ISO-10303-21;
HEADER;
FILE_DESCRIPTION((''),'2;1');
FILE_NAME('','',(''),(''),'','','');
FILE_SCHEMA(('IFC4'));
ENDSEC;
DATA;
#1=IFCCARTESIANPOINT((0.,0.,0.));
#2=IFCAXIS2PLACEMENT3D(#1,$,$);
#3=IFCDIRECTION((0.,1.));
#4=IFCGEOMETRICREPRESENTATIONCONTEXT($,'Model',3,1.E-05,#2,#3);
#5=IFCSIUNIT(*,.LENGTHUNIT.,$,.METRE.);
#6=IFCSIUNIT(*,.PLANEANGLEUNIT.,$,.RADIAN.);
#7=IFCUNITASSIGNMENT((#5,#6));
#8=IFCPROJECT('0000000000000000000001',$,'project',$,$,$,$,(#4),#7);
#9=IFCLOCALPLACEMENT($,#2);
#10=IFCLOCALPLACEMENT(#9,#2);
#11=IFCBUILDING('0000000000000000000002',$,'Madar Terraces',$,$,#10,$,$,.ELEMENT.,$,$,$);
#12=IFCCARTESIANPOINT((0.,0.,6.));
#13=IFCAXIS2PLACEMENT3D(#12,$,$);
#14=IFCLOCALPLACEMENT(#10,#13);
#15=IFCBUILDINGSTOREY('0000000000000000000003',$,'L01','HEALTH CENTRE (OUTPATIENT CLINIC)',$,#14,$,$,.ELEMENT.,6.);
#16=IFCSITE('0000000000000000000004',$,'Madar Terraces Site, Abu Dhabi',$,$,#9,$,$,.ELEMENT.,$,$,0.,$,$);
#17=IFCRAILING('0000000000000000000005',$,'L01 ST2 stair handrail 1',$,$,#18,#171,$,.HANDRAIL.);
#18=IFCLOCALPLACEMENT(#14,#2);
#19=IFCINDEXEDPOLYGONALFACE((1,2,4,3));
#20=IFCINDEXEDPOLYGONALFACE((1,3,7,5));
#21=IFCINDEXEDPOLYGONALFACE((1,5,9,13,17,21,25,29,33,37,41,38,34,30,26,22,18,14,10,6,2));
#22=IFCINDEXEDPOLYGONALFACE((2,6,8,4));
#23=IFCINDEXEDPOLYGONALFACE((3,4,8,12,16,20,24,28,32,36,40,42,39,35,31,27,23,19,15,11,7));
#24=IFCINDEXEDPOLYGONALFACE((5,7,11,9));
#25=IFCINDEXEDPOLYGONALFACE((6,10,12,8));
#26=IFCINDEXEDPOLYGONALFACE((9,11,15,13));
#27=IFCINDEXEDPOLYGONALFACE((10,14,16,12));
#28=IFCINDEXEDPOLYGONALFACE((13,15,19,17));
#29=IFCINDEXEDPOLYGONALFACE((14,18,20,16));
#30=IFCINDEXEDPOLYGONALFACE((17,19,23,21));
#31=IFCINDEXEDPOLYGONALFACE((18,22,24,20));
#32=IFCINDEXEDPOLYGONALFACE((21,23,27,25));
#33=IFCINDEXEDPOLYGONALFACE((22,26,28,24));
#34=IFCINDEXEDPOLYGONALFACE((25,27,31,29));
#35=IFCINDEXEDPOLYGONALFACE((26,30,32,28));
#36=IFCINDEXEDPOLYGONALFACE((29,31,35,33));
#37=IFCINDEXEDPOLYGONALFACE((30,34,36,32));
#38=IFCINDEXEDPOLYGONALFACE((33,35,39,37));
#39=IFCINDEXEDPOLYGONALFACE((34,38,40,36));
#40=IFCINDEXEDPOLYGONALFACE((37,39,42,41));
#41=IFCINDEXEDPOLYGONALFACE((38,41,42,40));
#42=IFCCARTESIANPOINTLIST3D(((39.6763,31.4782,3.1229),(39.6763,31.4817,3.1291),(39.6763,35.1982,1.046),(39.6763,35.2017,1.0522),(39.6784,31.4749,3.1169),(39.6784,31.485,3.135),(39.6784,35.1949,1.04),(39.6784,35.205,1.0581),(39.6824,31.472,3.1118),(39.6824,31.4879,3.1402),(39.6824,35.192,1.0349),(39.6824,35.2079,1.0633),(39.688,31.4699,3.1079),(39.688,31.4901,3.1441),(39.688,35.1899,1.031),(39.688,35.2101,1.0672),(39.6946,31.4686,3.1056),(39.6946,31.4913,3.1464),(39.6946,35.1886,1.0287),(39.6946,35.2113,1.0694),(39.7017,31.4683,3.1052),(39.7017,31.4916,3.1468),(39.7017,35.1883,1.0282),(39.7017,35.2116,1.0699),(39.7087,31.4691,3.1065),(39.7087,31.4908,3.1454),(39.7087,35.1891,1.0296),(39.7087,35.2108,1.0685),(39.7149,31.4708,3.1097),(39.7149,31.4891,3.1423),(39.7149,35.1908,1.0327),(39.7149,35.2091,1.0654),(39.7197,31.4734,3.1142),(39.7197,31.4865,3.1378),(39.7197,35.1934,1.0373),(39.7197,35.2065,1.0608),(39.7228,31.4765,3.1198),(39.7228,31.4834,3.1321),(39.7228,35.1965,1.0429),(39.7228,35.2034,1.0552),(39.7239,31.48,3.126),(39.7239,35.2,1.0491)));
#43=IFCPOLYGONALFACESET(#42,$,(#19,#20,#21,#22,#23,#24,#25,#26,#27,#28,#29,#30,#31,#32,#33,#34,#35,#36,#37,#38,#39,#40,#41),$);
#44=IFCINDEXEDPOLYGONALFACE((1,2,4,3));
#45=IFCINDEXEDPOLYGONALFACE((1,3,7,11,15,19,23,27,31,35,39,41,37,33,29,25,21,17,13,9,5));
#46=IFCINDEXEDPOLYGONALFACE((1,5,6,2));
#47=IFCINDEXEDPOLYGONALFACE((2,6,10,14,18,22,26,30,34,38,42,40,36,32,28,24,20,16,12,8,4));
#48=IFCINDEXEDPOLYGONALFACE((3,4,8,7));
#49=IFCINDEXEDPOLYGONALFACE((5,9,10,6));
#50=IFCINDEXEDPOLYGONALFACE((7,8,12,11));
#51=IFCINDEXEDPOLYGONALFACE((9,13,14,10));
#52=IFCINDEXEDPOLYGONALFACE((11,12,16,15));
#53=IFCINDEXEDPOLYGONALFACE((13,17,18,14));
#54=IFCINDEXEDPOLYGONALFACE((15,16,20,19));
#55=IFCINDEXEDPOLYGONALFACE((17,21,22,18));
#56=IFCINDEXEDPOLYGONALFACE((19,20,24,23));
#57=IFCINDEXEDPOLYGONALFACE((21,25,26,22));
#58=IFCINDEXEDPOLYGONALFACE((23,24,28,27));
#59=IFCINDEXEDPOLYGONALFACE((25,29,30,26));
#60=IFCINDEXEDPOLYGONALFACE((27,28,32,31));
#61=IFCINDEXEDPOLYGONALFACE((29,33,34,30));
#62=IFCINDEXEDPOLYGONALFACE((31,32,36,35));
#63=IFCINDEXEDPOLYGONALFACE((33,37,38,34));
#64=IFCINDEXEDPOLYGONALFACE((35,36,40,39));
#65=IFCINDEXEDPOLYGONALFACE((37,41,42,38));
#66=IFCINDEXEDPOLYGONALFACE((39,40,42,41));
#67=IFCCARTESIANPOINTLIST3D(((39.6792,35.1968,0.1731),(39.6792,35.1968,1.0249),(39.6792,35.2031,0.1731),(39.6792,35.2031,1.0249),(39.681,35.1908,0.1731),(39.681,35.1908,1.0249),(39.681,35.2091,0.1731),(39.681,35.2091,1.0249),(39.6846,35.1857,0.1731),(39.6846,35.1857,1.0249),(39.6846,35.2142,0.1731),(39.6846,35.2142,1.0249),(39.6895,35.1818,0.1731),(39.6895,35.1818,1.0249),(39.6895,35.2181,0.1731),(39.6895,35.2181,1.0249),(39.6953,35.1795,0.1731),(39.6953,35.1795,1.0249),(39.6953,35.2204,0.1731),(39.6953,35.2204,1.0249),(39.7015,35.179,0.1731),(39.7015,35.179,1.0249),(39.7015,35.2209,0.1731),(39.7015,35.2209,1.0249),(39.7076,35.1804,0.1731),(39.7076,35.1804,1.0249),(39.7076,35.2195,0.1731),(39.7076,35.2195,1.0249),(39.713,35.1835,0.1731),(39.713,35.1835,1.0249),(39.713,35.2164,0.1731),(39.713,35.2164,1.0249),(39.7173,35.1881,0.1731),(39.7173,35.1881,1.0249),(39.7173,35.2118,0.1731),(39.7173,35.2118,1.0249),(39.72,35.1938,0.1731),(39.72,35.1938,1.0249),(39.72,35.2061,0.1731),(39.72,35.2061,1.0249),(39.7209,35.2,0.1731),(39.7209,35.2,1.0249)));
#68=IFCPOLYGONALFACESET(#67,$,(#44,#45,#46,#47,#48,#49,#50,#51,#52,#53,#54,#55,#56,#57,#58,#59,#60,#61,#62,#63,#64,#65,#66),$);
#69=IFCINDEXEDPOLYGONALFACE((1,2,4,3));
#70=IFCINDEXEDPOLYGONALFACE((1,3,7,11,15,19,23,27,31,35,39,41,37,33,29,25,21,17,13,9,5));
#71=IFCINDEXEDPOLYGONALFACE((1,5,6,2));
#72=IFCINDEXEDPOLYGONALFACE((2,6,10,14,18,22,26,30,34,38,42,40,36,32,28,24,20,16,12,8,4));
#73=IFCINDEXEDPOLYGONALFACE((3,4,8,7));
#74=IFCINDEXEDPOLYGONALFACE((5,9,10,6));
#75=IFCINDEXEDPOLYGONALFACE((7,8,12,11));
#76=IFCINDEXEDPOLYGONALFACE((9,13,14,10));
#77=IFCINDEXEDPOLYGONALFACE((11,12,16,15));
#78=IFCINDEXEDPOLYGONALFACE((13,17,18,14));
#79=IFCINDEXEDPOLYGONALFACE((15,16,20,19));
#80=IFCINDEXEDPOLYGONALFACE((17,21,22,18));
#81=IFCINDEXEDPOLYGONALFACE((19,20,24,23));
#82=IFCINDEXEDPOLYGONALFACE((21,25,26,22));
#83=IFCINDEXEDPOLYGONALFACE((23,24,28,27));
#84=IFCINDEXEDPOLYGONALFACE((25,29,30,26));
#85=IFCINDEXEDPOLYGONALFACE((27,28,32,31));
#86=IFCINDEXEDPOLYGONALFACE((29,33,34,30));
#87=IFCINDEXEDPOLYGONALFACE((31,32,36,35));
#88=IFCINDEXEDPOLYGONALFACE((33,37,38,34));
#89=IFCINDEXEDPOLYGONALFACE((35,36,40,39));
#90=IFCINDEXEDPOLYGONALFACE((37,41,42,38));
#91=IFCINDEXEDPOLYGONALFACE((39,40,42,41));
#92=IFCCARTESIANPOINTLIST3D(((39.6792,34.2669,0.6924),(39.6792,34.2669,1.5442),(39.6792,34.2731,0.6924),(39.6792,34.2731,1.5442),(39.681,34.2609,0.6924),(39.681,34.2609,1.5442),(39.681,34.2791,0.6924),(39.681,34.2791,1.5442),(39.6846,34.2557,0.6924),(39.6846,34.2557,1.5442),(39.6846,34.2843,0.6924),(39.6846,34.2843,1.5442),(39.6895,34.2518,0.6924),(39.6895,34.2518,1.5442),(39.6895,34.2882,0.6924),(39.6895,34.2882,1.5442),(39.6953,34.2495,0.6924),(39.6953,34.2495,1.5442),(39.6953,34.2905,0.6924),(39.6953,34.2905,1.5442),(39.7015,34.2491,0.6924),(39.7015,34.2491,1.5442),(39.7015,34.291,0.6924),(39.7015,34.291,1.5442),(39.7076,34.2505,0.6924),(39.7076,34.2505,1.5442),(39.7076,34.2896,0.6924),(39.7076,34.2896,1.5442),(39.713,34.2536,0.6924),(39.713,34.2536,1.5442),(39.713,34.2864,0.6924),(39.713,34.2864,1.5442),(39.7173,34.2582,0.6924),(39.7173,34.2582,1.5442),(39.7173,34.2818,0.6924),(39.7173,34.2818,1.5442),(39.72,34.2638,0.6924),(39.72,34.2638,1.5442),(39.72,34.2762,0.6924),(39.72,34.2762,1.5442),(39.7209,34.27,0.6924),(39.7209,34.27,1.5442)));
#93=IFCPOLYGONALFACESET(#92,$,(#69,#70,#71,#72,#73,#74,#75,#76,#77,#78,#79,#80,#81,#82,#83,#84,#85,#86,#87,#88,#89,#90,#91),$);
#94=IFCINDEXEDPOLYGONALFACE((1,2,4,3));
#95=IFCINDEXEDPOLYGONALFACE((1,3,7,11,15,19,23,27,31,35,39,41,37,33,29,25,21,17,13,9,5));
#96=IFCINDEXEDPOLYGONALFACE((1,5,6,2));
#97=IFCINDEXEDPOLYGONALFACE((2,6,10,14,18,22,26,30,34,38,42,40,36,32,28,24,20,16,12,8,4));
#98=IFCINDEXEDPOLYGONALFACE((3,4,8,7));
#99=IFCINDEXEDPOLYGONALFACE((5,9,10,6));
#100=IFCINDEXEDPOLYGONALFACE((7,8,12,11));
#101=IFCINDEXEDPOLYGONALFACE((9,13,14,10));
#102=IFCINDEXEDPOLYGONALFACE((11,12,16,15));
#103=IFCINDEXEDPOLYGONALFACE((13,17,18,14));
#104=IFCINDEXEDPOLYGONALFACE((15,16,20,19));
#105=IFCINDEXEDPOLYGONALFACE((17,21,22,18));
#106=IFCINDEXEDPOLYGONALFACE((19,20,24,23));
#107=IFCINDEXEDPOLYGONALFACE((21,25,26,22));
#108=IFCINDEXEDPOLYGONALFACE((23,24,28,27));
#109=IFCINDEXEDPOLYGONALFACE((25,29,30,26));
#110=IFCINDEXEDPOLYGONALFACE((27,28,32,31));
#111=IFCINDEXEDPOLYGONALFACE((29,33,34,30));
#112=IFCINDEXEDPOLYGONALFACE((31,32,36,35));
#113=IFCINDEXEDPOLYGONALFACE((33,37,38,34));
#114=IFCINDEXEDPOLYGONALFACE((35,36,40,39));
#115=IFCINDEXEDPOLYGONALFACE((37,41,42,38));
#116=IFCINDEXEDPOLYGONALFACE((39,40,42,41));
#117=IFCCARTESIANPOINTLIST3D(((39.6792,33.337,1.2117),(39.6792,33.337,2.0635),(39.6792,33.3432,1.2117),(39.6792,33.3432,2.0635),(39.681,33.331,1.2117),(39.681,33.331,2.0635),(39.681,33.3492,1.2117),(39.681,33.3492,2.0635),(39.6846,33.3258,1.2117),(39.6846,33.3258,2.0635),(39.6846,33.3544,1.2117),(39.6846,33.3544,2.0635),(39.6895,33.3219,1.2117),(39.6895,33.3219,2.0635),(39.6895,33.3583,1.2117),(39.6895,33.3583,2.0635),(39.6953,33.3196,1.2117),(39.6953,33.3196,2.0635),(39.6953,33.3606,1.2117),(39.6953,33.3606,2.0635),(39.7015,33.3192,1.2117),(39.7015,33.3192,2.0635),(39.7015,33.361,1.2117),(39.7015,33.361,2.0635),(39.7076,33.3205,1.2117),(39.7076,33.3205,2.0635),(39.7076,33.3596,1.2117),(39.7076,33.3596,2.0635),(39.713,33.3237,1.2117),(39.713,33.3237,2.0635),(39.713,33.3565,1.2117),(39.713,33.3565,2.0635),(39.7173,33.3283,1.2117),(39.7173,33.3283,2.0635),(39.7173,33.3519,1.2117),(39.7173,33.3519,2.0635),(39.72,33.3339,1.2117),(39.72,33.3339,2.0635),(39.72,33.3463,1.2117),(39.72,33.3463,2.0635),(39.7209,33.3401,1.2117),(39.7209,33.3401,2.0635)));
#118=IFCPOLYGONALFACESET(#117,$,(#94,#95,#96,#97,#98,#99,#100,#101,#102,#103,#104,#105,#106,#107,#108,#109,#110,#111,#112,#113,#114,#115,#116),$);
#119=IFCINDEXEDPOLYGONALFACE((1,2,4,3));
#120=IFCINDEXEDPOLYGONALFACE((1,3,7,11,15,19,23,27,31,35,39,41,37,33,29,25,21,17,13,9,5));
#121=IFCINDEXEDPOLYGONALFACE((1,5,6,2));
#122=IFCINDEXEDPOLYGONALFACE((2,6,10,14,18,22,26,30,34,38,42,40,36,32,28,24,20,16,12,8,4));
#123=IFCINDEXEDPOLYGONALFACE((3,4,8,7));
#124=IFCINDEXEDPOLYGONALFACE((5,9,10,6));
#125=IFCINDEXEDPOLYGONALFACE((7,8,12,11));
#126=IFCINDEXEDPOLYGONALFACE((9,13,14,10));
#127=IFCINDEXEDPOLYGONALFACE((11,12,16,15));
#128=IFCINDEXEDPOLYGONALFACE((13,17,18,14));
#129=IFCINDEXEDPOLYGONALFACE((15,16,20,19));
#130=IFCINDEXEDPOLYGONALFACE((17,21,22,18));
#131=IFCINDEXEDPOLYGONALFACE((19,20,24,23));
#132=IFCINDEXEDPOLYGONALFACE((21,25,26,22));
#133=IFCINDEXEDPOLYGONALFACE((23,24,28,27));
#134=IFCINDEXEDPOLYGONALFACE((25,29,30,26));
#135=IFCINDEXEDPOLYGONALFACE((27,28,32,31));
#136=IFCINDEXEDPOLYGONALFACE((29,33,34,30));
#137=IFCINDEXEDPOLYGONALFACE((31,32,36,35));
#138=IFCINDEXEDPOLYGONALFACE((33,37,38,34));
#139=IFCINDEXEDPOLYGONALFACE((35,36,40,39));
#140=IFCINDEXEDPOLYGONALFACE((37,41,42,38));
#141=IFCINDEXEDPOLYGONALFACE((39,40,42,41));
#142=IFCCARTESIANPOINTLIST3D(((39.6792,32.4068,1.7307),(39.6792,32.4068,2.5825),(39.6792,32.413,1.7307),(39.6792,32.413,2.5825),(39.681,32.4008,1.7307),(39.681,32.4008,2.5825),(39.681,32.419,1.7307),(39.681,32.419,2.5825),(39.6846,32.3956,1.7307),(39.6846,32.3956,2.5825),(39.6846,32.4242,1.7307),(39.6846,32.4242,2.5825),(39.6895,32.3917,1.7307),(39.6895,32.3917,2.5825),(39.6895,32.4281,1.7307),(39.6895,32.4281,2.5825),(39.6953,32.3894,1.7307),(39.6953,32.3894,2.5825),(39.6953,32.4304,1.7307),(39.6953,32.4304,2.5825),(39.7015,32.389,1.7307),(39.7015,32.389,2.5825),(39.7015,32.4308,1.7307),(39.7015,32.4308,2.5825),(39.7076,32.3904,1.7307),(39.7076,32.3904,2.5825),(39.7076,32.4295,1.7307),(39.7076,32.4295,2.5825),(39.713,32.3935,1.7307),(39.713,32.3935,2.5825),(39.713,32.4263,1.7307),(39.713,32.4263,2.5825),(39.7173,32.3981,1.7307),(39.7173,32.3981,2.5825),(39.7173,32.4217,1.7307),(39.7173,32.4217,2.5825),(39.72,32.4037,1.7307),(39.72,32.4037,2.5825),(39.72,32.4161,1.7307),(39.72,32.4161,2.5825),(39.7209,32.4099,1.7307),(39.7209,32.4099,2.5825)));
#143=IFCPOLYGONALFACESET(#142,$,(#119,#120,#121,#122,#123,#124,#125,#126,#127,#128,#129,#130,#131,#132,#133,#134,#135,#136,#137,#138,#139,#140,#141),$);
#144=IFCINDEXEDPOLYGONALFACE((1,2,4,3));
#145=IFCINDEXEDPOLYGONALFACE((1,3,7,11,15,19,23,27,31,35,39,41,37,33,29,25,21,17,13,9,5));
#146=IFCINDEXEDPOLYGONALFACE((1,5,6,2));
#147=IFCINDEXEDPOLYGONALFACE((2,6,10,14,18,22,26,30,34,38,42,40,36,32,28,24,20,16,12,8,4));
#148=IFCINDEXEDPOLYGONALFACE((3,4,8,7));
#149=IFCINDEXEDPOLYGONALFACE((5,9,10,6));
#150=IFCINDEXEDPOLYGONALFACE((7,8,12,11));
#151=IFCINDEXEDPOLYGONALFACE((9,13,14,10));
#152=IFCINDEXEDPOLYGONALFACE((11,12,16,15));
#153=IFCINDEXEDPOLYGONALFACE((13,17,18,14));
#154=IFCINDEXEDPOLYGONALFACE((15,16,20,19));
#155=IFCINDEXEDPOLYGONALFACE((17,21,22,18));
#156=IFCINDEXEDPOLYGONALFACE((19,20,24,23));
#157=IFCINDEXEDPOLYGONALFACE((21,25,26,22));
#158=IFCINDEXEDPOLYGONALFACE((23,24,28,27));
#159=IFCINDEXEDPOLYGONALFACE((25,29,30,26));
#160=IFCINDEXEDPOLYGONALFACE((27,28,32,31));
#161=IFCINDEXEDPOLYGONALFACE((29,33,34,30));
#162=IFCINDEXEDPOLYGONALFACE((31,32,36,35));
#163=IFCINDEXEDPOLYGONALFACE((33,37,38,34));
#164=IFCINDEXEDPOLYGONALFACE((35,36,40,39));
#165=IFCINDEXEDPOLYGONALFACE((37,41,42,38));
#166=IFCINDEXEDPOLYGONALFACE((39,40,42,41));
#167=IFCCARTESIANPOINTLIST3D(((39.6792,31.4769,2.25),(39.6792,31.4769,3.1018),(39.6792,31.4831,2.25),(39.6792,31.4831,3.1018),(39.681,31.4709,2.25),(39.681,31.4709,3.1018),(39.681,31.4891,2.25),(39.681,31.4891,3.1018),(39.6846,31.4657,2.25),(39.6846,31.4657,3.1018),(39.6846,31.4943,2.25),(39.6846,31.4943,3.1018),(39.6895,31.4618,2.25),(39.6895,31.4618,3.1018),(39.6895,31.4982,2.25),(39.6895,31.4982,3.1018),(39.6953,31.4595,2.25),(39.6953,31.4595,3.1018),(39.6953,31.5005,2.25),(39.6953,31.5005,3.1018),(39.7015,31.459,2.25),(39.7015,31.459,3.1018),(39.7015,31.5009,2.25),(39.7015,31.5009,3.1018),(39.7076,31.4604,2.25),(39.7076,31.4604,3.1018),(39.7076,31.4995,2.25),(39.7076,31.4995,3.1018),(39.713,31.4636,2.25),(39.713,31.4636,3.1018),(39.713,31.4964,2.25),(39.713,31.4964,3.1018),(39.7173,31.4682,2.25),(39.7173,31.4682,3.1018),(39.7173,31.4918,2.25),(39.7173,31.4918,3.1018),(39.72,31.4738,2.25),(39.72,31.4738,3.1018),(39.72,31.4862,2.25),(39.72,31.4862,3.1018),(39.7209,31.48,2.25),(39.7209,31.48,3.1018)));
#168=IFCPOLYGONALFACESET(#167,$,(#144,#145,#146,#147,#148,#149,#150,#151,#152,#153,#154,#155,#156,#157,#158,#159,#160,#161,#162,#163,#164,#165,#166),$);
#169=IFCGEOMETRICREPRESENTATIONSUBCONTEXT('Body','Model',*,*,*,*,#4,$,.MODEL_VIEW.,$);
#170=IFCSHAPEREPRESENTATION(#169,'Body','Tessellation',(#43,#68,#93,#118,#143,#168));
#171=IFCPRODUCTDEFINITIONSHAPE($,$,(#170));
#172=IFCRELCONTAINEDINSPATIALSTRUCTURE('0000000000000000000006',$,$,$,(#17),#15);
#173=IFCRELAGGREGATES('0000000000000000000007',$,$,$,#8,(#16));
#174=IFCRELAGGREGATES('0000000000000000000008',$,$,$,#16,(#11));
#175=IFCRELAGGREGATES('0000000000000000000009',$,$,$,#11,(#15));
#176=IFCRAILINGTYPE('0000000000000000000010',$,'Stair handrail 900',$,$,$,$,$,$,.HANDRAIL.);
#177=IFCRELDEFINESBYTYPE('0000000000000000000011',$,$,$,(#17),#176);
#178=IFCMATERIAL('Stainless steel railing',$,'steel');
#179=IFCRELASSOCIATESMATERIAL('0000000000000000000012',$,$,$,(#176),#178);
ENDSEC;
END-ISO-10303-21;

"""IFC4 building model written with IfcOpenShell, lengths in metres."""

from ifc_helpers import new_model, si_unit, direction, frame, origin, origin_2d, place, context, subcontext, project, spatial, circle, extrude, material, type_object, element, save


model = new_model("IFC4")

# Units and contexts
model_context = context("Model", 3, precision=1e-05, world=origin(), true_north=direction((0.0, 1.0)))
body_context = subcontext(model_context, "Body", "Model", "MODEL_VIEW")
ifc_project = project(units=[si_unit("LENGTHUNIT", "METRE"), si_unit("PLANEANGLEUNIT", "RADIAN")], contexts=[model_context])

# Site, building, storey
site_placement = place(None, origin())
site = spatial("IfcSite", under=ifc_project, at=site_placement, Name="Madar Terraces Site, Abu Dhabi", CompositionType="ELEMENT", RefElevation=0.0)
building_placement = place(site_placement, origin())
building = spatial("IfcBuilding", under=site, at=building_placement, Name="Madar Terraces", CompositionType="ELEMENT")
storey_placement = place(building_placement, frame((0.0, 0.0, 6.0)))
storey = spatial("IfcBuildingStorey", under=building, at=storey_placement, Name="L01", Description="HEALTH CENTRE (OUTPATIENT CLINIC)", CompositionType="ELEMENT", Elevation=6.0)

# Railing
ifc_material_1 = material(Name="Stainless steel railing", Category="steel")
railing_type_1 = type_object("IfcRailingType", Name="Stair handrail 900", PredefinedType="HANDRAIL", material=ifc_material_1)
railing_1_placement = place(storey_placement, frame((39.7, 35.2, 0.1731)))
element("IfcRailing", 1, at=railing_1_placement, inside=storey, type_object=railing_type_1, Name="L01 ST2 stair handrail 1", PredefinedType="HANDRAIL", context=body_context, shape_type="SweptSolid", body=[
    extrude(circle(Radius=0.0239, at=origin_2d()), frame((0.0, 0.0, 0.876), z_axis=(0.0, -0.873134, 0.487481), x_axis=(1.0, 0.0, 0.0)), (0.0, 0.0, 1.0), 4.2605),
    extrude(circle(Radius=0.021, at=origin_2d()), origin(), (0.0, 0.0, 1.0), 0.8518),
    extrude(circle(Radius=0.021, at=origin_2d()), frame((0.0, -0.9299, 0.5193)), (0.0, 0.0, 1.0), 0.8518),
    extrude(circle(Radius=0.021, at=origin_2d()), frame((0.0, -1.8599, 1.0386)), (0.0, 0.0, 1.0), 0.8518),
    extrude(circle(Radius=0.021, at=origin_2d()), frame((0.0, -2.79, 1.5576)), (0.0, 0.0, 1.0), 0.8518),
    extrude(circle(Radius=0.021, at=origin_2d()), frame((0.0, -3.72, 2.0769)), (0.0, 0.0, 1.0), 0.8518),
])

save(model, "model.ifc")
